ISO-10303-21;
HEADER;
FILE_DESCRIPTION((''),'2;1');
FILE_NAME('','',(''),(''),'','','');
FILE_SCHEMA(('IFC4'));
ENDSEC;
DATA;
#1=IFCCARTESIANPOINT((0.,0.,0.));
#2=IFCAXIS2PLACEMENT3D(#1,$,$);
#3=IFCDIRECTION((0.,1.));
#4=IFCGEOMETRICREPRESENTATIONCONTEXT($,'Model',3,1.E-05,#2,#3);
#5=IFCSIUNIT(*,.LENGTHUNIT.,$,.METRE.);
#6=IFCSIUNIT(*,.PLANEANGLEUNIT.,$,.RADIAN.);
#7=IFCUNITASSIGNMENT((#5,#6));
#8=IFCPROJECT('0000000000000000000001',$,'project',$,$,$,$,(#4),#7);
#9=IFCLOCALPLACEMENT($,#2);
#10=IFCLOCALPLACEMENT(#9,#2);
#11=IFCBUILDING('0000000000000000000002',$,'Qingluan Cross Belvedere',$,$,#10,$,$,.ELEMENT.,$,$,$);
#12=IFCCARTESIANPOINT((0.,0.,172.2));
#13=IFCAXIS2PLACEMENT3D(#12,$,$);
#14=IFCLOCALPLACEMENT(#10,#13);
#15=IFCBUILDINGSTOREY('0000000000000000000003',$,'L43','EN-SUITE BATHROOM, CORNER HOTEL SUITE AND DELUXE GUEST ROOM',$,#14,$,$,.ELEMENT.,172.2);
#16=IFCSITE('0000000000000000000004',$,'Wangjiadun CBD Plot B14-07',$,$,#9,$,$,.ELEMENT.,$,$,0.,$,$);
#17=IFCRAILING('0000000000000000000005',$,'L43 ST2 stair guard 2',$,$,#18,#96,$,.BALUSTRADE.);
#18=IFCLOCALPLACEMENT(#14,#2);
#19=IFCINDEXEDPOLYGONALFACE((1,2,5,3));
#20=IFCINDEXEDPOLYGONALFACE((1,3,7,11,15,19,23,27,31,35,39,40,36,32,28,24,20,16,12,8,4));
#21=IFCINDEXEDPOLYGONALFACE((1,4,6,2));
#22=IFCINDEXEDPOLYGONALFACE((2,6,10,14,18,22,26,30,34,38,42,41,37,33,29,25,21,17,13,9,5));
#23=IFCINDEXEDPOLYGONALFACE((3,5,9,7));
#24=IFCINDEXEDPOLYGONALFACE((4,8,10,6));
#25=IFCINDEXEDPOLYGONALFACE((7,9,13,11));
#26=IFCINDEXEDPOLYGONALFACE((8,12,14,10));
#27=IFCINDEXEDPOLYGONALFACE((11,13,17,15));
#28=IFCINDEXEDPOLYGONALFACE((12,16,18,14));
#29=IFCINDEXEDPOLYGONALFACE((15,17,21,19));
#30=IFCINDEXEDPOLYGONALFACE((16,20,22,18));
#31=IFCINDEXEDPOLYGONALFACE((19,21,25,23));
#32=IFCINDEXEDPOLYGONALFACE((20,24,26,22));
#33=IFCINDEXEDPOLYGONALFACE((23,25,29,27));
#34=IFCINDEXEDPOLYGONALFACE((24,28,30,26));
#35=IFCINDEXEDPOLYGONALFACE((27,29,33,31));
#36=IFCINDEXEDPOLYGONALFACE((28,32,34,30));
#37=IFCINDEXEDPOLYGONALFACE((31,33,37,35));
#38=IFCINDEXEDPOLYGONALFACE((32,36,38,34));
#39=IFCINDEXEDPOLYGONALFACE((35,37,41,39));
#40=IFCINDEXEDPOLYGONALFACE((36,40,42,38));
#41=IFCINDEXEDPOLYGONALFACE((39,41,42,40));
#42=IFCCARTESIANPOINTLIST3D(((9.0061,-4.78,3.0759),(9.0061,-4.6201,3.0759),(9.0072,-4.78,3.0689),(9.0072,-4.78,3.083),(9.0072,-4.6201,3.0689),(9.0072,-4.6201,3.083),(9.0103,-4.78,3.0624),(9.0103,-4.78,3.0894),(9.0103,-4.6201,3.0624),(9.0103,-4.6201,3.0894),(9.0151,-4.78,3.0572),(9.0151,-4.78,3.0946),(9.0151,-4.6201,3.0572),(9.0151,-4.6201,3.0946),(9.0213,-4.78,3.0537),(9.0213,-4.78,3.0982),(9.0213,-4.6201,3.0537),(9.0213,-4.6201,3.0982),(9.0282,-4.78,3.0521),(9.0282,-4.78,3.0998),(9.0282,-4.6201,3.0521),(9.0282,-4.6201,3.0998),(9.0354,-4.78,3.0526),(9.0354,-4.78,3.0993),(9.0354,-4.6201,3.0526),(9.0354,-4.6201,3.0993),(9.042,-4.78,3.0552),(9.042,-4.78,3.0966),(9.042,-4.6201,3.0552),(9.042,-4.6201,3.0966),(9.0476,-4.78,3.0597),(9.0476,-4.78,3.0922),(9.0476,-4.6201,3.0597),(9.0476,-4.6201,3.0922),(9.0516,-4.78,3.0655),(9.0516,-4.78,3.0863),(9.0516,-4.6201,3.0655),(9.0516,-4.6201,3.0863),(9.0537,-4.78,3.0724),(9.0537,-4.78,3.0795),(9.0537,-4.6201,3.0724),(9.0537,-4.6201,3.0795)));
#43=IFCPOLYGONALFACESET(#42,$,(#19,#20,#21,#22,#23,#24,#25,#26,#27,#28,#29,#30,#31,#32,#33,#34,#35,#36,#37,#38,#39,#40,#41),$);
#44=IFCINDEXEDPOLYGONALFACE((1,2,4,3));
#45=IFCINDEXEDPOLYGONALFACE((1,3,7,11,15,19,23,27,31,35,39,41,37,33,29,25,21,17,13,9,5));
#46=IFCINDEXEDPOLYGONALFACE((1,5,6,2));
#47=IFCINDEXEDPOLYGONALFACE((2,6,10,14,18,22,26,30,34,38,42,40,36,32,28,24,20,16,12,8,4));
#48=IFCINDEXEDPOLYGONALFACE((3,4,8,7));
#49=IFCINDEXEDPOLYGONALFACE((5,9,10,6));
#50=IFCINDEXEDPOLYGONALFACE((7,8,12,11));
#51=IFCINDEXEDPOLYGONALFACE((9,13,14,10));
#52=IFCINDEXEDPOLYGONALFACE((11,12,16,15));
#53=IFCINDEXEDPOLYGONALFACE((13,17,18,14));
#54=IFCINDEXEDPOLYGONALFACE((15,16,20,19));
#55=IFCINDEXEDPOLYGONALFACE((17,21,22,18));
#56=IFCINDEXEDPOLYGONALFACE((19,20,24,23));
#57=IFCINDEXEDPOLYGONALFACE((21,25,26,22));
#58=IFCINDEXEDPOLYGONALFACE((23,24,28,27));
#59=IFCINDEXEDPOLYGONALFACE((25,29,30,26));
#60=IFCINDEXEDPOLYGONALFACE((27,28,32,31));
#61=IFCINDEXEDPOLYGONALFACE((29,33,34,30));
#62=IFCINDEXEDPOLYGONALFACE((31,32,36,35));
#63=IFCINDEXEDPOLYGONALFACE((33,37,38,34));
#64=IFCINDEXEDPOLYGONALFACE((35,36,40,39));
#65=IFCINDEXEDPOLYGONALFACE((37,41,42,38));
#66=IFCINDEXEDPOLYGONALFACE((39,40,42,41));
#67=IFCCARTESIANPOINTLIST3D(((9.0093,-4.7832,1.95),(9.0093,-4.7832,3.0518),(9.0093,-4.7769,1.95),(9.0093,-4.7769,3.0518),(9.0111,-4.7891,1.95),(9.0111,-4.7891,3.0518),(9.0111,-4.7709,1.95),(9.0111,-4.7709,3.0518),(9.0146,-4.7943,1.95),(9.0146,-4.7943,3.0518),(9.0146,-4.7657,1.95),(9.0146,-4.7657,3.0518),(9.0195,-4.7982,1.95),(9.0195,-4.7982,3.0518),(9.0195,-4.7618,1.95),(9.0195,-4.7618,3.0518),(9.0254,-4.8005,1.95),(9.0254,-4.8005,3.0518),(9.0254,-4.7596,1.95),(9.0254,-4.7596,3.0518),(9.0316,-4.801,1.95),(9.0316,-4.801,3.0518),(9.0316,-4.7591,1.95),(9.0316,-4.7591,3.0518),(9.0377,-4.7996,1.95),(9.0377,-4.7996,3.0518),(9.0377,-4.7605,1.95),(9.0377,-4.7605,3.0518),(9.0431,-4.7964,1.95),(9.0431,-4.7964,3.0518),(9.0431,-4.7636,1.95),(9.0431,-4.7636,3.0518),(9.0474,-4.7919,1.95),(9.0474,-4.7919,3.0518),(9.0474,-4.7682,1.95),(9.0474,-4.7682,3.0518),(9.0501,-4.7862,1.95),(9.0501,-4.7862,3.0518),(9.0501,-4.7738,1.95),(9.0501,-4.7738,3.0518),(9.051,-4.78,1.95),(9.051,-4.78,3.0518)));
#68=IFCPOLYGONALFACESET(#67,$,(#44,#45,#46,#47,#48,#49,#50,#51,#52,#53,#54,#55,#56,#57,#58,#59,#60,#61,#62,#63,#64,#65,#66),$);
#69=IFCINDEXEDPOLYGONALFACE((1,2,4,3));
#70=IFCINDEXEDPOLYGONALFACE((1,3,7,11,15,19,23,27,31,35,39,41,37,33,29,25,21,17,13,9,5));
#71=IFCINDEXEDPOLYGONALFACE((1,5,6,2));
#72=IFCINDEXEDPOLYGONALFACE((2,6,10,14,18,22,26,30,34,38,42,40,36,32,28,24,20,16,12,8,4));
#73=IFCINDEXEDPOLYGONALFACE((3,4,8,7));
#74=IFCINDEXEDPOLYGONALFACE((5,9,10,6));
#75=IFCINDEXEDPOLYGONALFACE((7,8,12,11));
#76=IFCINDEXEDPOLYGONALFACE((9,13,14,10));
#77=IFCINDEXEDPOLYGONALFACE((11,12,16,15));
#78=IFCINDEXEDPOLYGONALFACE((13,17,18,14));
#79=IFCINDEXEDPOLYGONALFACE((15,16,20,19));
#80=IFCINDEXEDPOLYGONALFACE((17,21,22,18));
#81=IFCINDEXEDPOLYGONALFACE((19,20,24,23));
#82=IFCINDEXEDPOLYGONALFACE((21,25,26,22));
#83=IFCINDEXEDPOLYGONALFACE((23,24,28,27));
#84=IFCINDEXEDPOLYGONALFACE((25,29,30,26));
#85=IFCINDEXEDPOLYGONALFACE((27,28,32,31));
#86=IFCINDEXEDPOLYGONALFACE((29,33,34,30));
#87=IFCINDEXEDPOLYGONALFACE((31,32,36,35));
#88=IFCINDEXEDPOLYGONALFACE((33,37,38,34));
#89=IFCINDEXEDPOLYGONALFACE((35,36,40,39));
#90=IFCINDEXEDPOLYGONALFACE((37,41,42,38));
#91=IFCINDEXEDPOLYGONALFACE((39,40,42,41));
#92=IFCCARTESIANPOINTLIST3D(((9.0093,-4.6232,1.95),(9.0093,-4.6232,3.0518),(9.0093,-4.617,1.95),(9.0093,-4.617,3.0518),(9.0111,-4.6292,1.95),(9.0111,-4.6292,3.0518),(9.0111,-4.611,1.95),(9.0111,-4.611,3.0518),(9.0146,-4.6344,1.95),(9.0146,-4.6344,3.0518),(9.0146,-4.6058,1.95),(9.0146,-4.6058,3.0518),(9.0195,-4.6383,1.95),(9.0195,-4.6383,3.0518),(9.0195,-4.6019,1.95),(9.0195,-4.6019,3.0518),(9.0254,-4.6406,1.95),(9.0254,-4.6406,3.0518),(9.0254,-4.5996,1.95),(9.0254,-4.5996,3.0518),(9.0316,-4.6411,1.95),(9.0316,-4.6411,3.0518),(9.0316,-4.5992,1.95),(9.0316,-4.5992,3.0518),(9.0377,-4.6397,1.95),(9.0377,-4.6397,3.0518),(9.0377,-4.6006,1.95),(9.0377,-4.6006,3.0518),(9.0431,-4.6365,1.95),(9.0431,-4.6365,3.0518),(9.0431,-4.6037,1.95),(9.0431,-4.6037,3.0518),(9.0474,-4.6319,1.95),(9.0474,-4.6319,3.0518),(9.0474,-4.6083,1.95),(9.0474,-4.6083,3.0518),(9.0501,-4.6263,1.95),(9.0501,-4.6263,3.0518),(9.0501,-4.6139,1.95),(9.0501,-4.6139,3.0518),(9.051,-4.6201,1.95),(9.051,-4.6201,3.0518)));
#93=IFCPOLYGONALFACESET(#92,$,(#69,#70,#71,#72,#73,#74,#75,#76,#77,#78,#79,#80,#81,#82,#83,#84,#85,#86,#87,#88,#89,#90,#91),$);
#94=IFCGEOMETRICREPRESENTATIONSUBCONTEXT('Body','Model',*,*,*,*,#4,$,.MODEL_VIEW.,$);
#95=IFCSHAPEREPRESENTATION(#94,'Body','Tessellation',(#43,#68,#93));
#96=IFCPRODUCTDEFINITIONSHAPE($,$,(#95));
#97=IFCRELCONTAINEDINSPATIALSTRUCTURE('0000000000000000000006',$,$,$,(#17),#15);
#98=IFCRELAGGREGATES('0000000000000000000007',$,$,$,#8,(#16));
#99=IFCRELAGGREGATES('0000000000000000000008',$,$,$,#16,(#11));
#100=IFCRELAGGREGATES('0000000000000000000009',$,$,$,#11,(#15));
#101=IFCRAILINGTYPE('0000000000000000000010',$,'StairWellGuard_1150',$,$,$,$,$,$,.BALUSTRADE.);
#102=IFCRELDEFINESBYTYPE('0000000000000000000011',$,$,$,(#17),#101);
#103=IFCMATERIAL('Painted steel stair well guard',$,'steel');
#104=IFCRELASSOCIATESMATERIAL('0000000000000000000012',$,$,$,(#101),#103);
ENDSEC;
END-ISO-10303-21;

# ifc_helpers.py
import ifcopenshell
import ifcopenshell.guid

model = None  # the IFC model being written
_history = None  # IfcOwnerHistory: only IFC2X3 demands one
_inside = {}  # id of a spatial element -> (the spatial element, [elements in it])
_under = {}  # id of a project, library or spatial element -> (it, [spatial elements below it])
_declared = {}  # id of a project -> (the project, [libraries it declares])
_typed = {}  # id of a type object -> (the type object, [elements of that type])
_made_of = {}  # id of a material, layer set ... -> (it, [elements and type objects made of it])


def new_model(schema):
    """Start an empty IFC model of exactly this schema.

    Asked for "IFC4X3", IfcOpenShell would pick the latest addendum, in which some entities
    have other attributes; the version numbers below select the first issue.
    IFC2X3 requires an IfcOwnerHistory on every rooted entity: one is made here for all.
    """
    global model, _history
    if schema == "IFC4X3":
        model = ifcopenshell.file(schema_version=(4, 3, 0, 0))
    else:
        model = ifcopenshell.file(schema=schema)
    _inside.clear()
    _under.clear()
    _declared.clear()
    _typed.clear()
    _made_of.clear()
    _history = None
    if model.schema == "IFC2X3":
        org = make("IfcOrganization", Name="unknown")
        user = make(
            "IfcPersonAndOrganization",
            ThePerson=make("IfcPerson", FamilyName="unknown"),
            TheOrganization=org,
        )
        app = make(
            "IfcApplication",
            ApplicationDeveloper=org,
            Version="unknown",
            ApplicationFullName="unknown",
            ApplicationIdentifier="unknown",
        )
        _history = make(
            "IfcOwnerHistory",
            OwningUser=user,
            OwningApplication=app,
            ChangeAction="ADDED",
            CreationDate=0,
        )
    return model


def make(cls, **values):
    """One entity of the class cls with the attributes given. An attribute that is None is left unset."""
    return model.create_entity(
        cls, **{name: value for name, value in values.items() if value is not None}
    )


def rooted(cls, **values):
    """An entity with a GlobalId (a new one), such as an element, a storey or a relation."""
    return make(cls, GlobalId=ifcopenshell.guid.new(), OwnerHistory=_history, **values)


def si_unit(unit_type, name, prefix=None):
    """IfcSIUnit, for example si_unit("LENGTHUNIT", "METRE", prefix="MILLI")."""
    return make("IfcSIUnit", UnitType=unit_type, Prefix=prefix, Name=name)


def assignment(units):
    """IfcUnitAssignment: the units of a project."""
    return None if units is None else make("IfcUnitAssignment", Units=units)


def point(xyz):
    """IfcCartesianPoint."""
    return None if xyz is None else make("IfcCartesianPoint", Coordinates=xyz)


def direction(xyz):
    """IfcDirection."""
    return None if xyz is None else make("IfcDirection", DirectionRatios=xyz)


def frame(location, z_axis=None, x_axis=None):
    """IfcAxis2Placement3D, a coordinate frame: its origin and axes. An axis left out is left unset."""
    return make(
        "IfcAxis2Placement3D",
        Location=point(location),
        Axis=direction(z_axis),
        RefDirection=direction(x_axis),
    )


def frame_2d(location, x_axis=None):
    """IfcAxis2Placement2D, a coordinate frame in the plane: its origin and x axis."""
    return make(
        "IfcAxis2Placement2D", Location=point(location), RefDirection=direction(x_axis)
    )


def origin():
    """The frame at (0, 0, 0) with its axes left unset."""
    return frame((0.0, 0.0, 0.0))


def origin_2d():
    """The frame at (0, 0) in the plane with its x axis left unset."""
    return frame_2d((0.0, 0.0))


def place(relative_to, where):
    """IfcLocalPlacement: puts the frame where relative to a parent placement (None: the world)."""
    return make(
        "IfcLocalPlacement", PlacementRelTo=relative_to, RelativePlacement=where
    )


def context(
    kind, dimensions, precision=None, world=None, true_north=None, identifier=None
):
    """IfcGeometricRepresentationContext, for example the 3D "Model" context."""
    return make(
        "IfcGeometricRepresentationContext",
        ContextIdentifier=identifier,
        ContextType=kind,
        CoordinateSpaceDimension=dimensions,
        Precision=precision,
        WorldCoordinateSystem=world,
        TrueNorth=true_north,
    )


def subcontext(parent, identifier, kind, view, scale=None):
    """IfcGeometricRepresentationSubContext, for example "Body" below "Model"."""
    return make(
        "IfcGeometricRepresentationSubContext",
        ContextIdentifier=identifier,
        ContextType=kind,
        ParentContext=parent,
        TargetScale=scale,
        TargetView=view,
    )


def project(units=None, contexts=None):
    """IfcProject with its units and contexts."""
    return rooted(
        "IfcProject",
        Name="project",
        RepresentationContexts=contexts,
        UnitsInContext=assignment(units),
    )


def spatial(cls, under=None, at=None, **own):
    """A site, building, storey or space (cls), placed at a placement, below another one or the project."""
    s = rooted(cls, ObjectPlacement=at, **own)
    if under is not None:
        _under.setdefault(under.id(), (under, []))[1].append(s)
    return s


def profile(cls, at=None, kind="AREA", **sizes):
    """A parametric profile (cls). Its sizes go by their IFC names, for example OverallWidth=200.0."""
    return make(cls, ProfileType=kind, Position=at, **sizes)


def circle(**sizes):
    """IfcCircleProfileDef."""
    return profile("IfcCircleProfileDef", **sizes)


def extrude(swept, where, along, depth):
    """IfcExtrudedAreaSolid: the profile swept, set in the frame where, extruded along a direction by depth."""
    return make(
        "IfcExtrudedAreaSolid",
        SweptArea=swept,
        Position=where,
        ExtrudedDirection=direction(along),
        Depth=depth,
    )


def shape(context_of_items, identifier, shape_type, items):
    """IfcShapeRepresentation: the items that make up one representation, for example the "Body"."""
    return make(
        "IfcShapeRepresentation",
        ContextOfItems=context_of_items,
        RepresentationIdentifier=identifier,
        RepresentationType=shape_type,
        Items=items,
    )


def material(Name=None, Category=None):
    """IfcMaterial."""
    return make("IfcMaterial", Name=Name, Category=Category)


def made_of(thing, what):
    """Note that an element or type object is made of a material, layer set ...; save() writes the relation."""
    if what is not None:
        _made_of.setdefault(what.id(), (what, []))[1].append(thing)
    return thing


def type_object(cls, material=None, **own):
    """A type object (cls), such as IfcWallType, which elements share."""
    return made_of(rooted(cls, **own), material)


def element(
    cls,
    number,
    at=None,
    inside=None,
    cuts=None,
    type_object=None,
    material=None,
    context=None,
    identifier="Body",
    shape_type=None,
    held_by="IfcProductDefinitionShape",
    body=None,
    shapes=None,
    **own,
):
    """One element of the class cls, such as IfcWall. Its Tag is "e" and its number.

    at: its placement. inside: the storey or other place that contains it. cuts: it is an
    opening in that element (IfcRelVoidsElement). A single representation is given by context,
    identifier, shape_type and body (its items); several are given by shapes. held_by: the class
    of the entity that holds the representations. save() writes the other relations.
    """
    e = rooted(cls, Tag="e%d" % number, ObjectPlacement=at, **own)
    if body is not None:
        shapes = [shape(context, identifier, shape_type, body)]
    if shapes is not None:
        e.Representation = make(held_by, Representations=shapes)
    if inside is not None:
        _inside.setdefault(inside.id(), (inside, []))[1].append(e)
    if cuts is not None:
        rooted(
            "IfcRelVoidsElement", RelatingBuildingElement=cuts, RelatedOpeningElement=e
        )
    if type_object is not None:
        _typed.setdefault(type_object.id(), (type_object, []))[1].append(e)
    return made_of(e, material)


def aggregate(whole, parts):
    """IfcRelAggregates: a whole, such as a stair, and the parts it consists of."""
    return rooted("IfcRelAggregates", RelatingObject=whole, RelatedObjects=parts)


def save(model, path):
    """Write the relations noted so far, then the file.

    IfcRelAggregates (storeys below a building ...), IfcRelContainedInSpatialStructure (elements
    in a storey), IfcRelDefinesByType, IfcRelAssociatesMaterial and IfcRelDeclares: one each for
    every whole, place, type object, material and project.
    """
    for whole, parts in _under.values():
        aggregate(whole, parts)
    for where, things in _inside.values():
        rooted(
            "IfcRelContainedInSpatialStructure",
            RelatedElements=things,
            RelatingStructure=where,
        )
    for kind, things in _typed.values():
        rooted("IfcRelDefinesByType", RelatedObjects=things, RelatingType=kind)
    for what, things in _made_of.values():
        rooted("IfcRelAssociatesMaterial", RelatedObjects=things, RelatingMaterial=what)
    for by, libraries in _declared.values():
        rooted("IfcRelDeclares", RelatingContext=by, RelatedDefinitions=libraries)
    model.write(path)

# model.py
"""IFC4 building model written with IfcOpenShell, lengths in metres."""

from ifc_helpers import new_model, si_unit, direction, frame, origin, origin_2d, place, context, subcontext, project, spatial, circle, extrude, material, type_object, element, save


model = new_model("IFC4")

# Units and contexts
model_context = context("Model", 3, precision=1e-05, world=origin(), true_north=direction((0.0, 1.0)))
body_context = subcontext(model_context, "Body", "Model", "MODEL_VIEW")
ifc_project = project(units=[si_unit("LENGTHUNIT", "METRE"), si_unit("PLANEANGLEUNIT", "RADIAN")], contexts=[model_context])

# Site, building, storey
site_placement = place(None, origin())
site = spatial("IfcSite", under=ifc_project, at=site_placement, Name="Wangjiadun CBD Plot B14-07", CompositionType="ELEMENT", RefElevation=0.0)
building_placement = place(site_placement, origin())
building = spatial("IfcBuilding", under=site, at=building_placement, Name="Qingluan Cross Belvedere", CompositionType="ELEMENT")
storey_placement = place(building_placement, frame((0.0, 0.0, 172.2)))
storey = spatial("IfcBuildingStorey", under=building, at=storey_placement, Name="L43", Description="EN-SUITE BATHROOM, CORNER HOTEL SUITE AND DELUXE GUEST ROOM", CompositionType="ELEMENT", Elevation=172.2)

# Railing
ifc_material_1 = material(Name="Painted steel stair well guard", Category="steel")
railing_type_1 = type_object("IfcRailingType", Name="StairWellGuard_1150", PredefinedType="BALUSTRADE", material=ifc_material_1)
railing_1_placement = place(storey_placement, frame((9.03, -4.78, 1.95)))
element("IfcRailing", 1, at=railing_1_placement, inside=storey, type_object=railing_type_1, Name="L43 ST2 stair guard 2", PredefinedType="BALUSTRADE", context=body_context, shape_type="SweptSolid", body=[
    extrude(circle(Radius=0.0239, at=origin_2d()), frame((0.0, 0.0, 1.126), z_axis=(0.0, 1.0, 0.0), x_axis=(-1.0, 0.0, 0.0)), (0.0, 0.0, 1.0), 0.1599),
    extrude(circle(Radius=0.021, at=origin_2d()), origin(), (0.0, 0.0, 1.0), 1.1018),
    extrude(circle(Radius=0.021, at=origin_2d()), frame((0.0, 0.1599, 0.0)), (0.0, 0.0, 1.0), 1.1018),
])

save(model, "model.ifc")
